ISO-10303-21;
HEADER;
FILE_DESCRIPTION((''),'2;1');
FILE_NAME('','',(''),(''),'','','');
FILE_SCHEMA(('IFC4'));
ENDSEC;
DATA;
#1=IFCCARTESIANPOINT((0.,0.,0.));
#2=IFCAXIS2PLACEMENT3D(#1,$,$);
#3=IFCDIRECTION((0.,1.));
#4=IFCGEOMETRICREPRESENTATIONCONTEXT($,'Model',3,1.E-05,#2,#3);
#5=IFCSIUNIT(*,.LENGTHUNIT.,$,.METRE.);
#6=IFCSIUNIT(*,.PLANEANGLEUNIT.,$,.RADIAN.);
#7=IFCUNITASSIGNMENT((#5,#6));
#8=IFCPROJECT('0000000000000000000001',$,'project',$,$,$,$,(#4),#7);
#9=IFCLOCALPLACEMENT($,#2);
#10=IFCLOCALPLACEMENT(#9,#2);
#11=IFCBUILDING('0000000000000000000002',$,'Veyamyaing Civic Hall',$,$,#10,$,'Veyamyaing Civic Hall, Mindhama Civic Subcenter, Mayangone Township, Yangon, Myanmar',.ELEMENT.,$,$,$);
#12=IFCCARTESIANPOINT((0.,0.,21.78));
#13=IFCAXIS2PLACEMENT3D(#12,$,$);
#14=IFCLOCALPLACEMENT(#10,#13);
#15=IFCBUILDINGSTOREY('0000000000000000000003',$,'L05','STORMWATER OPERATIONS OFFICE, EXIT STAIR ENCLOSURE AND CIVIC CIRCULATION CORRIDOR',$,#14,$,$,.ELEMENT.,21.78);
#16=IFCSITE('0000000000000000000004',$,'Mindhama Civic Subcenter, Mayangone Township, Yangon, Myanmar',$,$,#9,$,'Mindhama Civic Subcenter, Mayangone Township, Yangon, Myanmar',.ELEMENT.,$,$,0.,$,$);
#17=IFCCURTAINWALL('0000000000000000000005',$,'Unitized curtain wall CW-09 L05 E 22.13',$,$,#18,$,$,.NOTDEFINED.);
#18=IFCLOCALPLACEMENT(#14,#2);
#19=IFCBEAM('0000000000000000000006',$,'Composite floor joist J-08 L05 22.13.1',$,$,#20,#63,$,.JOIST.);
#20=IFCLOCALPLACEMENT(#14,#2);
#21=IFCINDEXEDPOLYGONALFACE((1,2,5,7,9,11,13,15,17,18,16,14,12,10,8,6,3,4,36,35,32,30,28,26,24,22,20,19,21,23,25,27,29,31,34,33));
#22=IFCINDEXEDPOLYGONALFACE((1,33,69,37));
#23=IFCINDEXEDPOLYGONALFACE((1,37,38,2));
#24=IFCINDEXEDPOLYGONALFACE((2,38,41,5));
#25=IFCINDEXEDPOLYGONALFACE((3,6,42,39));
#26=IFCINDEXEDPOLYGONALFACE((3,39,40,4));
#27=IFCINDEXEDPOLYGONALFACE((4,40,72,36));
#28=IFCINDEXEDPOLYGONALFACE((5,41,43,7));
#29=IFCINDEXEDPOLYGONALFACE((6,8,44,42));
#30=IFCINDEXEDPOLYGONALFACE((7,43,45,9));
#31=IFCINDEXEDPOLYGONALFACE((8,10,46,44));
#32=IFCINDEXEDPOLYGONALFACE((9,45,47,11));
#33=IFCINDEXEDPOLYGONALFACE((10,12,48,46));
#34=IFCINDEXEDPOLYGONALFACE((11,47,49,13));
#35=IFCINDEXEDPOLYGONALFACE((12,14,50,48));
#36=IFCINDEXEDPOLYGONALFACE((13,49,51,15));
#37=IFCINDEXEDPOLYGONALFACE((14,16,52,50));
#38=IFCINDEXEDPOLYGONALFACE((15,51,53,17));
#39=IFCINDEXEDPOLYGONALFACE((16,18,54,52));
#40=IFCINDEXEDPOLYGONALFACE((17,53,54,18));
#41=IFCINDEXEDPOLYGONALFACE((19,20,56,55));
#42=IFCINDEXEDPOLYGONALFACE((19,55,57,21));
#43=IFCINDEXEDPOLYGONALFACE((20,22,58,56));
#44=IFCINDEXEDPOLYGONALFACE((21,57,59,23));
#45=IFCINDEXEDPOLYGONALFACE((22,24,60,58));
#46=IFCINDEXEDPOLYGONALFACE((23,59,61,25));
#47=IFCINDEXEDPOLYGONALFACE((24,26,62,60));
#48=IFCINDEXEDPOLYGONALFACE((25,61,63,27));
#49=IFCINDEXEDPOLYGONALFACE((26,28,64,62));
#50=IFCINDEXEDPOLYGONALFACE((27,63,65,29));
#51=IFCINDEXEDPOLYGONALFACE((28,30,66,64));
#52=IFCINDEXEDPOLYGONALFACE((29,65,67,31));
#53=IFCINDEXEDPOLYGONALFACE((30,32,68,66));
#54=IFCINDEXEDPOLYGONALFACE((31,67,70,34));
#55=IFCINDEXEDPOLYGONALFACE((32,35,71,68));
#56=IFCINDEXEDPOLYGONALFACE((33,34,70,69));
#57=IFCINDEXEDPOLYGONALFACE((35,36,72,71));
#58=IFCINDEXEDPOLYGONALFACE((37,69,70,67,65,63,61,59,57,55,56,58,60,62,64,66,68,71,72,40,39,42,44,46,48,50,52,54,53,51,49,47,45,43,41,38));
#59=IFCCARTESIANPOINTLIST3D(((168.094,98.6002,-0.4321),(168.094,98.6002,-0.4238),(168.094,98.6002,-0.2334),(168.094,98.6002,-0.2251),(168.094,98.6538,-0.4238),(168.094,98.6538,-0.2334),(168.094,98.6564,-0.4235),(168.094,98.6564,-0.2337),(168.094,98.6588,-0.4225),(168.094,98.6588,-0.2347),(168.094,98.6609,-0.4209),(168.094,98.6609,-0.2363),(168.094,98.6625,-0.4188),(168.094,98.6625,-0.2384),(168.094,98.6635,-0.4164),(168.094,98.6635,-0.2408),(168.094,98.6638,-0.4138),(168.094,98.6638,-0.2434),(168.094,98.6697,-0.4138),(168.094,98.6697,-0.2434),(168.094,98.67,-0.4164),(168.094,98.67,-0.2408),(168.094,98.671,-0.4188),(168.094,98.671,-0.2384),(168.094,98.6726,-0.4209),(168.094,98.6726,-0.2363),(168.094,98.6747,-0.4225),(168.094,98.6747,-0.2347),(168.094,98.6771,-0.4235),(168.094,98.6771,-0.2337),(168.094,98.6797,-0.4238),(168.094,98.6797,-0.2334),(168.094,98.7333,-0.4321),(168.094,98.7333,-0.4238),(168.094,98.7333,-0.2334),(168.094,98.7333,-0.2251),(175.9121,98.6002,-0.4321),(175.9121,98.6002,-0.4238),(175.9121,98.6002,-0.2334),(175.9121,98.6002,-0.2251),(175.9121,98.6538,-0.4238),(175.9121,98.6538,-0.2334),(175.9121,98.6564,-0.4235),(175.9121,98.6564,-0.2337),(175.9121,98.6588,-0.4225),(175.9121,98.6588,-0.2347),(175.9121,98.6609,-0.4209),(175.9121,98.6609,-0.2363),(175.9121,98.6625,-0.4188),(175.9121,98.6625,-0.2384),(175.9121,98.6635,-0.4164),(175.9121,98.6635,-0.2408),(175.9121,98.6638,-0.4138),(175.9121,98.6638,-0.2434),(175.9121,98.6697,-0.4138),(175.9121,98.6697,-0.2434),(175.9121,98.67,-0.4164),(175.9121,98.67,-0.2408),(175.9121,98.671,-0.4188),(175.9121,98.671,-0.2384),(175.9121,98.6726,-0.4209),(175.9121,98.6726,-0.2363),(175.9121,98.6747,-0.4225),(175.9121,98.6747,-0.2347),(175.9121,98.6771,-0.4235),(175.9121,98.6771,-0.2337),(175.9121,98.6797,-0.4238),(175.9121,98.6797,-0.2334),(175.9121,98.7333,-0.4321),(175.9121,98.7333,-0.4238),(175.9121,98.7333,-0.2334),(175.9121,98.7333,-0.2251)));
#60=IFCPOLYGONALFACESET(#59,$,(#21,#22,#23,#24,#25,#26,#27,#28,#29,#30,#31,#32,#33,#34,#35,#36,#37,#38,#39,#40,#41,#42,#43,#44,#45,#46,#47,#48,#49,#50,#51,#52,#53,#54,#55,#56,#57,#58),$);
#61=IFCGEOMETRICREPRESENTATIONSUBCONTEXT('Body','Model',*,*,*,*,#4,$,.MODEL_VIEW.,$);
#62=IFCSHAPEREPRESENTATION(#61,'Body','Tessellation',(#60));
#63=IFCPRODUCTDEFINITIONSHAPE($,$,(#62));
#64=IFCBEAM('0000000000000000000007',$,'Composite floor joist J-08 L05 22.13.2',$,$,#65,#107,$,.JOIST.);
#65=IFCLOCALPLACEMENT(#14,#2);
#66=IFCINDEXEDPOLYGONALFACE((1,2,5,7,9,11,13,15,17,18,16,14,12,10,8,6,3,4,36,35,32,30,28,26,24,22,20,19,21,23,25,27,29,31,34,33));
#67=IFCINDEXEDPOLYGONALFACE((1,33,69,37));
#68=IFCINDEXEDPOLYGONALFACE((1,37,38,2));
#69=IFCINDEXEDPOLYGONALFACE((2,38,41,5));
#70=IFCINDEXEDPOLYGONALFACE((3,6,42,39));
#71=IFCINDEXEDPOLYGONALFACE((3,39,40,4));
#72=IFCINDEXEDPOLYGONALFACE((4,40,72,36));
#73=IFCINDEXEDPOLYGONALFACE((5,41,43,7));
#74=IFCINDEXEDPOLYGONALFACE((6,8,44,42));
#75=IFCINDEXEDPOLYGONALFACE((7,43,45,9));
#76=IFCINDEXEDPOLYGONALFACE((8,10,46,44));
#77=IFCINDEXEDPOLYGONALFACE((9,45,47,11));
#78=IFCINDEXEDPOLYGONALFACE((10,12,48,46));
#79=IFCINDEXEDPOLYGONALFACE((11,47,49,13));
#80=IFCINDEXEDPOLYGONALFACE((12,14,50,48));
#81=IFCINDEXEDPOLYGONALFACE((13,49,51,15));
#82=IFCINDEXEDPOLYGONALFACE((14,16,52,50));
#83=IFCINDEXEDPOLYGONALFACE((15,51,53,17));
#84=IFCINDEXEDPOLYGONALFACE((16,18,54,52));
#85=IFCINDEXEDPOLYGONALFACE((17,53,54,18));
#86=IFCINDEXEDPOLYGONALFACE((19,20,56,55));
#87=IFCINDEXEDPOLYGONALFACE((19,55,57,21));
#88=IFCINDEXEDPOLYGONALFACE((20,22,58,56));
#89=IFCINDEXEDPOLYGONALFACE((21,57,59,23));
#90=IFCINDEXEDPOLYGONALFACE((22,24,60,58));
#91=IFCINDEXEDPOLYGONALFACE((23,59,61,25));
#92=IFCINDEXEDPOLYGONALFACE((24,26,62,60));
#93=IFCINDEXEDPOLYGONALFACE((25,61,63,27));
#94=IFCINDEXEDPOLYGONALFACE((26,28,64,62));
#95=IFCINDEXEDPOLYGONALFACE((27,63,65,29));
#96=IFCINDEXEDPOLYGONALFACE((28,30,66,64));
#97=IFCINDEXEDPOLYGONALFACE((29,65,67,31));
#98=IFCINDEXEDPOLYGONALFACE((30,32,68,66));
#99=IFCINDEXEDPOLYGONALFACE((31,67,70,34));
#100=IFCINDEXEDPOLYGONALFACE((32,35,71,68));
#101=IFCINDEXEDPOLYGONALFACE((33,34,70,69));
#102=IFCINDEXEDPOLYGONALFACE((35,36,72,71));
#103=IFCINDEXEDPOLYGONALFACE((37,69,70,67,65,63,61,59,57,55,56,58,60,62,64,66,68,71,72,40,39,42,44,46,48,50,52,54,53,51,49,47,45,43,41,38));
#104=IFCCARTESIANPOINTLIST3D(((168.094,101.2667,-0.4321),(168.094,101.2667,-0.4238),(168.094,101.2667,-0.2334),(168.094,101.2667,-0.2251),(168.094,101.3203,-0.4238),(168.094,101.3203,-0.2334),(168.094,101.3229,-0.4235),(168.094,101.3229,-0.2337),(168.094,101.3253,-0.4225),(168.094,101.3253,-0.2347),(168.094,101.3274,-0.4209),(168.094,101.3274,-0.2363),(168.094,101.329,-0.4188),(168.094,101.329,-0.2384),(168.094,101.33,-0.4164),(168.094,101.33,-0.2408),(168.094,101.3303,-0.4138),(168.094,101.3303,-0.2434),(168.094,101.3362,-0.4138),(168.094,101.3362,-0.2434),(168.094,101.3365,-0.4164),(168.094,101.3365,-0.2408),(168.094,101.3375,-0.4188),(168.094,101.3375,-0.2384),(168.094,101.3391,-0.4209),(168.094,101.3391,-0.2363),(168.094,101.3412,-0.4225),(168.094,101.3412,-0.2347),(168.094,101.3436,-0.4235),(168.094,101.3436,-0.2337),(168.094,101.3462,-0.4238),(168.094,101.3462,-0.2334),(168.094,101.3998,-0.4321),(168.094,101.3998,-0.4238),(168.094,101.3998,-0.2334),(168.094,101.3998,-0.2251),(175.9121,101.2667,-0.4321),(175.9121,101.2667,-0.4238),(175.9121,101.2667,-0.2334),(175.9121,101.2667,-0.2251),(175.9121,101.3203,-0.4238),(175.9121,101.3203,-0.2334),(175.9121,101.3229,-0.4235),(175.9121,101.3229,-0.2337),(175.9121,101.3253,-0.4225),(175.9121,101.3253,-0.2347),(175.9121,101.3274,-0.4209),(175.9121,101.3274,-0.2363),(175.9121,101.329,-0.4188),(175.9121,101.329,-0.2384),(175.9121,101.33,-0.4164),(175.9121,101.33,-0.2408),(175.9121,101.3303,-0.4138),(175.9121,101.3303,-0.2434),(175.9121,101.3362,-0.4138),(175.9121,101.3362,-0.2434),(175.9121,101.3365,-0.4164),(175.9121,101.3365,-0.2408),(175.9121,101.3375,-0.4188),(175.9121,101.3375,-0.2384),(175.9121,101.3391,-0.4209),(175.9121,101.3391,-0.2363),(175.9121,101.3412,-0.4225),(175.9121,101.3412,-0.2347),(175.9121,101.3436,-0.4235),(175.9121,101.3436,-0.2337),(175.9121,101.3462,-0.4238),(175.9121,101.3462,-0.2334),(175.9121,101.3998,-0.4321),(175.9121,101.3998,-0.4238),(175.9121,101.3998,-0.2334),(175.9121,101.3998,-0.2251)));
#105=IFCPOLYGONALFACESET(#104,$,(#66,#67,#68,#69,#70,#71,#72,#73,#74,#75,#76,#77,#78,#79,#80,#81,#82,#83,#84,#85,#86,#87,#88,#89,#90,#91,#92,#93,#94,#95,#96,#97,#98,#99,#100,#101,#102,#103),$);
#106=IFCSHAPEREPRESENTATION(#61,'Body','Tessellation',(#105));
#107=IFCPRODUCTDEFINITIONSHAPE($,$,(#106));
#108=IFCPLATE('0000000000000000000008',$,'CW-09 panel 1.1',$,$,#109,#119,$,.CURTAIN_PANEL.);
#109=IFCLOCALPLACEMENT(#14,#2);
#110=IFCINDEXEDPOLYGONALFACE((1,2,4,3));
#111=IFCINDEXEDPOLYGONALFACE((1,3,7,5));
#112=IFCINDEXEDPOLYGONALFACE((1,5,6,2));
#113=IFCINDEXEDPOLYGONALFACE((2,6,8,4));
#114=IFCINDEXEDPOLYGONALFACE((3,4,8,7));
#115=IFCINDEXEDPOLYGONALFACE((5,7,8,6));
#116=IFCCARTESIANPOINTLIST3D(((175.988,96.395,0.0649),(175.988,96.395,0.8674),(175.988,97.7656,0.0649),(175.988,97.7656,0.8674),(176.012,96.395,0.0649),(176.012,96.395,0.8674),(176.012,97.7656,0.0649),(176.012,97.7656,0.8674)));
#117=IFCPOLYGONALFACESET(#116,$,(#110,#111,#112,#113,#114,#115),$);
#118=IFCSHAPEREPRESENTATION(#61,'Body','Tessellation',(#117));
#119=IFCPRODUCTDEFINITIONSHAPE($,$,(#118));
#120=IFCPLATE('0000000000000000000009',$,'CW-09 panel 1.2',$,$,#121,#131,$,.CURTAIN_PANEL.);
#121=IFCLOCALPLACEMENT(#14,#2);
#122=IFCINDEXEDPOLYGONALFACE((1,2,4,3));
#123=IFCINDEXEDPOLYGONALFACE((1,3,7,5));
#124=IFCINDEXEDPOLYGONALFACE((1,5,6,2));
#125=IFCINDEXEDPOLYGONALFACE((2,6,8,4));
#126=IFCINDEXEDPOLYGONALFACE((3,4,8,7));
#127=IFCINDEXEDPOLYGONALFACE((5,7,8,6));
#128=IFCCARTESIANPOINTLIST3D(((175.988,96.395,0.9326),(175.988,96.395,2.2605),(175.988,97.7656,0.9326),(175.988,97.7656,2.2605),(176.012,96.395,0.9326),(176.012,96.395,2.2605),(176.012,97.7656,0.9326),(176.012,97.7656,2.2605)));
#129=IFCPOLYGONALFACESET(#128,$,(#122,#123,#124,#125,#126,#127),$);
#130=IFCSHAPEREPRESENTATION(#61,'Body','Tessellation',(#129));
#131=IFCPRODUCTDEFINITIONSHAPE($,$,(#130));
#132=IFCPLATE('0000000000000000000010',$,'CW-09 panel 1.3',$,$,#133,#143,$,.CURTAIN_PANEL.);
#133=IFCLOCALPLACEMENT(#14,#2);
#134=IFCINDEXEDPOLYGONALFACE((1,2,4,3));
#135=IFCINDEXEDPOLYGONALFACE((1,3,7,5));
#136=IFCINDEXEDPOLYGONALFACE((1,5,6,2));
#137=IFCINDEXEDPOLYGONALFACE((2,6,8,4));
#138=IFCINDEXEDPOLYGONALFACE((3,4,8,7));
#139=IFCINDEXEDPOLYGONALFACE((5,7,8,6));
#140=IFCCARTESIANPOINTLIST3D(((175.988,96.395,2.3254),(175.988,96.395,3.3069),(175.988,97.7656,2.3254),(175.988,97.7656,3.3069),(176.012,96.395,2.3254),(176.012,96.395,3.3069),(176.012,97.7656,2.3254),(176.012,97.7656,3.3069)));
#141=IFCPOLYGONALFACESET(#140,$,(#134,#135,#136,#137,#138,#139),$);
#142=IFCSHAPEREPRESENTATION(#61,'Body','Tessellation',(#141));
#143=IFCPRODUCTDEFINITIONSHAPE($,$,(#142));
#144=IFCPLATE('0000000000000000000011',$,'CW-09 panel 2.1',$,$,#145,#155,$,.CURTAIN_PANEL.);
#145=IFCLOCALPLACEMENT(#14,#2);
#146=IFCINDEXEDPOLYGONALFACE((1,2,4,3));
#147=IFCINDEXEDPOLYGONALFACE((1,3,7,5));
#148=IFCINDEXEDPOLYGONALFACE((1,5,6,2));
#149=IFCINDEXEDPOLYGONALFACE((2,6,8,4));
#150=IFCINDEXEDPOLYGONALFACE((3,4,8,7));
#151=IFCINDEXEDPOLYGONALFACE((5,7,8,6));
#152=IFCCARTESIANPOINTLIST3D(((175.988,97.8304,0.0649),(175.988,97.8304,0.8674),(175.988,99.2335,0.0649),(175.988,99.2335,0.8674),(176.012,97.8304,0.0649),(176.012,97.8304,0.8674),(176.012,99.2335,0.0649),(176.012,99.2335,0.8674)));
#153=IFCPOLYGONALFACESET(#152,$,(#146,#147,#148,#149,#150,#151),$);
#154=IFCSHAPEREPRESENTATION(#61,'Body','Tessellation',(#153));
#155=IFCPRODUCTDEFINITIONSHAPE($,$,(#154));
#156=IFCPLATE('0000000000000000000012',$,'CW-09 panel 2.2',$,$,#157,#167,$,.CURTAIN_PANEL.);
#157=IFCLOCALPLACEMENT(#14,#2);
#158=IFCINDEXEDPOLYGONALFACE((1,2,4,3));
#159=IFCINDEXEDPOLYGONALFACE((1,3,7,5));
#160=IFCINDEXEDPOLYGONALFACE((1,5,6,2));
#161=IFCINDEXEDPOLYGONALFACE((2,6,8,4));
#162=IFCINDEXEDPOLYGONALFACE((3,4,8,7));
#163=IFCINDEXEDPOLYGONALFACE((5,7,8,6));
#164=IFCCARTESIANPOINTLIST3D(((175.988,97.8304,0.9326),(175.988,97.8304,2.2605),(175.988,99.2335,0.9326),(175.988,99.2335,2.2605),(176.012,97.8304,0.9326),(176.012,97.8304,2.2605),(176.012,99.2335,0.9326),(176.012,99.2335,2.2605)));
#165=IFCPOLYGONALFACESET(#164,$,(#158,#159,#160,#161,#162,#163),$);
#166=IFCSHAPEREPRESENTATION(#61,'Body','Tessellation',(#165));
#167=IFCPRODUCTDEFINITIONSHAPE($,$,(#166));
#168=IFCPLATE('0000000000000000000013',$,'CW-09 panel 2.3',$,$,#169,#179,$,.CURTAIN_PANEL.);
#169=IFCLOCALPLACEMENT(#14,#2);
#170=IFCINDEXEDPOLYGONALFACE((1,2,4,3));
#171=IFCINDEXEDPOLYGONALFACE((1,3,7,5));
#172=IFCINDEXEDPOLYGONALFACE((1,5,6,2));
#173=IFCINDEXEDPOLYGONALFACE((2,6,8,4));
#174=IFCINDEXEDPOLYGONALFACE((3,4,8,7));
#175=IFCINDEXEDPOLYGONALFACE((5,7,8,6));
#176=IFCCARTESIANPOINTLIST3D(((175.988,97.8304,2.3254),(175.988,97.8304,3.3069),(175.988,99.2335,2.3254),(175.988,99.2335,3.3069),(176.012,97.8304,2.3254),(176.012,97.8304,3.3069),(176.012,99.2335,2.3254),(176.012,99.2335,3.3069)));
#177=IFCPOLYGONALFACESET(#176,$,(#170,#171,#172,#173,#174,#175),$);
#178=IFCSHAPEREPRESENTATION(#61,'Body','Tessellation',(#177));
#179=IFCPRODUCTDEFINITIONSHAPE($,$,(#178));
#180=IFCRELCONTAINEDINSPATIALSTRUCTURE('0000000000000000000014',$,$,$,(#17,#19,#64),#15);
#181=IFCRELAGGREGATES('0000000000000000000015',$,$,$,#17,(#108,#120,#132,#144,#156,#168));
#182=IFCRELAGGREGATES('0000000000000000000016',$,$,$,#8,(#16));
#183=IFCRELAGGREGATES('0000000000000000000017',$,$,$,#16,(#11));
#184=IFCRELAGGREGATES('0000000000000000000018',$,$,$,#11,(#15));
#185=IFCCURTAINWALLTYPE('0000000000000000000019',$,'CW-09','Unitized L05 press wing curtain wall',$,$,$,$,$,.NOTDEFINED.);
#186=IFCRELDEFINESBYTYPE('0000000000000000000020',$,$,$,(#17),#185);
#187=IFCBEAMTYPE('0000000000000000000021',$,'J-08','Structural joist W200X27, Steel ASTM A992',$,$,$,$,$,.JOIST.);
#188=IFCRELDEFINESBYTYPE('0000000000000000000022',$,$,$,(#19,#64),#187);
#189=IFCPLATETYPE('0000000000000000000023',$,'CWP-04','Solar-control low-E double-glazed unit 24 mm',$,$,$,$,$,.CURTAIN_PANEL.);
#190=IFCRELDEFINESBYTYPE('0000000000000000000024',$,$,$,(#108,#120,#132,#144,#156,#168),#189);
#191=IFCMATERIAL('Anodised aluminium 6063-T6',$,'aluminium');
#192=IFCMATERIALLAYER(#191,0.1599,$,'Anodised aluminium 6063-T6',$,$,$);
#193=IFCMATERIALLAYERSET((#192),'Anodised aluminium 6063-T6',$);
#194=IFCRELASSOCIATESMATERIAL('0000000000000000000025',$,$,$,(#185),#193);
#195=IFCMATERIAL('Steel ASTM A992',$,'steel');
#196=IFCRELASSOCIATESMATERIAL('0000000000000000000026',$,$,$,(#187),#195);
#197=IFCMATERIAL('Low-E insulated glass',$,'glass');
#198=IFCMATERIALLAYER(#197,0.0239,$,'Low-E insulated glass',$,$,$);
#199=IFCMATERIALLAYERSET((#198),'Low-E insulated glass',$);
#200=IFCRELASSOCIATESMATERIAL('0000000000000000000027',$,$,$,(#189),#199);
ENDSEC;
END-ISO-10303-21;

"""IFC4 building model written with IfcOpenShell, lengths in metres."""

from ifc_helpers import new_model, si_unit, direction, frame, origin, origin_2d, place, context, subcontext, project, spatial, rectangle, i_section, extrude, material, layer, layer_set, material_profile, profile_set, type_object, element, aggregate, save


model = new_model("IFC4")

# Units and contexts
model_context = context("Model", 3, precision=1e-05, world=origin(), true_north=direction((0.0, 1.0)))
body_context = subcontext(model_context, "Body", "Model", "MODEL_VIEW")
ifc_project = project(units=[si_unit("LENGTHUNIT", "METRE"), si_unit("PLANEANGLEUNIT", "RADIAN")], contexts=[model_context])

# Site, building, storey
site_placement = place(None, origin())
site = spatial("IfcSite", under=ifc_project, at=site_placement, Name="Mindhama Civic Subcenter, Mayangone Township, Yangon, Myanmar", LongName="Mindhama Civic Subcenter, Mayangone Township, Yangon, Myanmar", CompositionType="ELEMENT", RefElevation=0.0)
building_placement = place(site_placement, origin())
building = spatial("IfcBuilding", under=site, at=building_placement, Name="Veyamyaing Civic Hall", LongName="Veyamyaing Civic Hall, Mindhama Civic Subcenter, Mayangone Township, Yangon, Myanmar", CompositionType="ELEMENT")
storey_placement = place(building_placement, frame((0.0, 0.0, 21.78)))
storey = spatial("IfcBuildingStorey", under=building, at=storey_placement, Name="L05", Description="STORMWATER OPERATIONS OFFICE, EXIT STAIR ENCLOSURE AND CIVIC CIRCULATION CORRIDOR", CompositionType="ELEMENT", Elevation=21.78)

# Curtain wall
ifc_material_1 = material(Name="Anodised aluminium 6063-T6", Category="aluminium")
ifc_layer_1 = layer(ifc_material_1, 0.1599, Name="Anodised aluminium 6063-T6")
ifc_layer_set_1 = layer_set([ifc_layer_1], Name="Anodised aluminium 6063-T6")
curtain_wall_type = type_object("IfcCurtainWallType", Name="CW-09", Description="Unitized L05 press wing curtain wall", PredefinedType="NOTDEFINED", material=ifc_layer_set_1)
curtain_wall_placement = place(storey_placement, origin())
curtain_wall = element("IfcCurtainWall", 1, at=curtain_wall_placement, inside=storey, type_object=curtain_wall_type, Name="Unitized curtain wall CW-09 L05 E 22.13", PredefinedType="NOTDEFINED")

# Beams
ifc_material_2 = material(Name="Steel ASTM A992", Category="steel")
ifc_material_profile_1 = material_profile(ifc_material_2, i_section(OverallWidth=0.1331, OverallDepth=0.207, WebThickness=0.0059, FlangeThickness=0.0083, FilletRadius=0.01, at=origin_2d()), Name="W200X27")
ifc_profile_set_1 = profile_set([ifc_material_profile_1], Name="Steel ASTM A992")
beam_type = type_object("IfcBeamType", Name="J-08", Description="Structural joist W200X27, Steel ASTM A992", PredefinedType="JOIST", material=ifc_profile_set_1)
for number, where, z_axis, x_axis, name in (
    (2, (168.094, 98.6667, -0.3286), (1.0, 0.0, 0.0), (0.0, 1.0, 0.0), "Composite floor joist J-08 L05 22.13.1"),
    (3, (168.094, 101.3333, -0.3286), (1.0, 0.0, 0.0), (0.0, 1.0, 0.0), "Composite floor joist J-08 L05 22.13.2"),
):
    element("IfcBeam", number, at=place(storey_placement, frame(where, z_axis=z_axis, x_axis=x_axis)), inside=storey, type_object=beam_type, Name=name, PredefinedType="JOIST", context=body_context, shape_type="SweptSolid", body=[
        extrude(i_section(OverallWidth=0.1331, OverallDepth=0.207, WebThickness=0.0059, FlangeThickness=0.0083, FilletRadius=0.01, at=origin_2d()), origin(), (0.0, 0.0, 1.0), 7.8181),
    ])

# Plates
ifc_material_3 = material(Name="Low-E insulated glass", Category="glass")
ifc_layer_2 = layer(ifc_material_3, 0.0239, Name="Low-E insulated glass")
ifc_layer_set_2 = layer_set([ifc_layer_2], Name="Low-E insulated glass")
plate_type = type_object("IfcPlateType", Name="CWP-04", Description="Solar-control low-E double-glazed unit 24 mm", PredefinedType="CURTAIN_PANEL", material=ifc_layer_set_2)
plate_1_placement = place(storey_placement, frame((176.0, 97.0803, 0.0649), z_axis=(0.0, 0.0, 1.0), x_axis=(0.0, 1.0, 0.0)))
plate_1 = element("IfcPlate", 4, at=plate_1_placement, type_object=plate_type, Name="CW-09 panel 1.1", PredefinedType="CURTAIN_PANEL", context=body_context, shape_type="SweptSolid", body=[
    extrude(rectangle(XDim=1.3706, YDim=0.0239, at=origin_2d()), origin(), (0.0, 0.0, 1.0), 0.8025),
])
plate_2_placement = place(storey_placement, frame((176.0, 97.0803, 0.9326), z_axis=(0.0, 0.0, 1.0), x_axis=(0.0, 1.0, 0.0)))
plate_2 = element("IfcPlate", 5, at=plate_2_placement, type_object=plate_type, Name="CW-09 panel 1.2", PredefinedType="CURTAIN_PANEL", context=body_context, shape_type="SweptSolid", body=[
    extrude(rectangle(XDim=1.3706, YDim=0.0239, at=origin_2d()), origin(), (0.0, 0.0, 1.0), 1.3279),
])
plate_3_placement = place(storey_placement, frame((176.0, 97.0803, 2.3254), z_axis=(0.0, 0.0, 1.0), x_axis=(0.0, 1.0, 0.0)))
plate_3 = element("IfcPlate", 6, at=plate_3_placement, type_object=plate_type, Name="CW-09 panel 1.3", PredefinedType="CURTAIN_PANEL", context=body_context, shape_type="SweptSolid", body=[
    extrude(rectangle(XDim=1.3706, YDim=0.0239, at=origin_2d()), origin(), (0.0, 0.0, 1.0), 0.9814),
])
plate_4_placement = place(storey_placement, frame((176.0, 98.532, 0.0649), z_axis=(0.0, 0.0, 1.0), x_axis=(0.0, 1.0, 0.0)))
plate_4 = element("IfcPlate", 7, at=plate_4_placement, type_object=plate_type, Name="CW-09 panel 2.1", PredefinedType="CURTAIN_PANEL", context=body_context, shape_type="SweptSolid", body=[
    extrude(rectangle(XDim=1.4031, YDim=0.0239, at=origin_2d()), origin(), (0.0, 0.0, 1.0), 0.8025),
])
plate_5_placement = place(storey_placement, frame((176.0, 98.532, 0.9326), z_axis=(0.0, 0.0, 1.0), x_axis=(0.0, 1.0, 0.0)))
plate_5 = element("IfcPlate", 8, at=plate_5_placement, type_object=plate_type, Name="CW-09 panel 2.2", PredefinedType="CURTAIN_PANEL", context=body_context, shape_type="SweptSolid", body=[
    extrude(rectangle(XDim=1.4031, YDim=0.0239, at=origin_2d()), origin(), (0.0, 0.0, 1.0), 1.3279),
])
plate_6_placement = place(storey_placement, frame((176.0, 98.532, 2.3254), z_axis=(0.0, 0.0, 1.0), x_axis=(0.0, 1.0, 0.0)))
plate_6 = element("IfcPlate", 9, at=plate_6_placement, type_object=plate_type, Name="CW-09 panel 2.3", PredefinedType="CURTAIN_PANEL", context=body_context, shape_type="SweptSolid", body=[
    extrude(rectangle(XDim=1.4031, YDim=0.0239, at=origin_2d()), origin(), (0.0, 0.0, 1.0), 0.9814),
])
aggregate(curtain_wall, [plate_1, plate_2, plate_3, plate_4, plate_5, plate_6])

save(model, "model.ifc")
